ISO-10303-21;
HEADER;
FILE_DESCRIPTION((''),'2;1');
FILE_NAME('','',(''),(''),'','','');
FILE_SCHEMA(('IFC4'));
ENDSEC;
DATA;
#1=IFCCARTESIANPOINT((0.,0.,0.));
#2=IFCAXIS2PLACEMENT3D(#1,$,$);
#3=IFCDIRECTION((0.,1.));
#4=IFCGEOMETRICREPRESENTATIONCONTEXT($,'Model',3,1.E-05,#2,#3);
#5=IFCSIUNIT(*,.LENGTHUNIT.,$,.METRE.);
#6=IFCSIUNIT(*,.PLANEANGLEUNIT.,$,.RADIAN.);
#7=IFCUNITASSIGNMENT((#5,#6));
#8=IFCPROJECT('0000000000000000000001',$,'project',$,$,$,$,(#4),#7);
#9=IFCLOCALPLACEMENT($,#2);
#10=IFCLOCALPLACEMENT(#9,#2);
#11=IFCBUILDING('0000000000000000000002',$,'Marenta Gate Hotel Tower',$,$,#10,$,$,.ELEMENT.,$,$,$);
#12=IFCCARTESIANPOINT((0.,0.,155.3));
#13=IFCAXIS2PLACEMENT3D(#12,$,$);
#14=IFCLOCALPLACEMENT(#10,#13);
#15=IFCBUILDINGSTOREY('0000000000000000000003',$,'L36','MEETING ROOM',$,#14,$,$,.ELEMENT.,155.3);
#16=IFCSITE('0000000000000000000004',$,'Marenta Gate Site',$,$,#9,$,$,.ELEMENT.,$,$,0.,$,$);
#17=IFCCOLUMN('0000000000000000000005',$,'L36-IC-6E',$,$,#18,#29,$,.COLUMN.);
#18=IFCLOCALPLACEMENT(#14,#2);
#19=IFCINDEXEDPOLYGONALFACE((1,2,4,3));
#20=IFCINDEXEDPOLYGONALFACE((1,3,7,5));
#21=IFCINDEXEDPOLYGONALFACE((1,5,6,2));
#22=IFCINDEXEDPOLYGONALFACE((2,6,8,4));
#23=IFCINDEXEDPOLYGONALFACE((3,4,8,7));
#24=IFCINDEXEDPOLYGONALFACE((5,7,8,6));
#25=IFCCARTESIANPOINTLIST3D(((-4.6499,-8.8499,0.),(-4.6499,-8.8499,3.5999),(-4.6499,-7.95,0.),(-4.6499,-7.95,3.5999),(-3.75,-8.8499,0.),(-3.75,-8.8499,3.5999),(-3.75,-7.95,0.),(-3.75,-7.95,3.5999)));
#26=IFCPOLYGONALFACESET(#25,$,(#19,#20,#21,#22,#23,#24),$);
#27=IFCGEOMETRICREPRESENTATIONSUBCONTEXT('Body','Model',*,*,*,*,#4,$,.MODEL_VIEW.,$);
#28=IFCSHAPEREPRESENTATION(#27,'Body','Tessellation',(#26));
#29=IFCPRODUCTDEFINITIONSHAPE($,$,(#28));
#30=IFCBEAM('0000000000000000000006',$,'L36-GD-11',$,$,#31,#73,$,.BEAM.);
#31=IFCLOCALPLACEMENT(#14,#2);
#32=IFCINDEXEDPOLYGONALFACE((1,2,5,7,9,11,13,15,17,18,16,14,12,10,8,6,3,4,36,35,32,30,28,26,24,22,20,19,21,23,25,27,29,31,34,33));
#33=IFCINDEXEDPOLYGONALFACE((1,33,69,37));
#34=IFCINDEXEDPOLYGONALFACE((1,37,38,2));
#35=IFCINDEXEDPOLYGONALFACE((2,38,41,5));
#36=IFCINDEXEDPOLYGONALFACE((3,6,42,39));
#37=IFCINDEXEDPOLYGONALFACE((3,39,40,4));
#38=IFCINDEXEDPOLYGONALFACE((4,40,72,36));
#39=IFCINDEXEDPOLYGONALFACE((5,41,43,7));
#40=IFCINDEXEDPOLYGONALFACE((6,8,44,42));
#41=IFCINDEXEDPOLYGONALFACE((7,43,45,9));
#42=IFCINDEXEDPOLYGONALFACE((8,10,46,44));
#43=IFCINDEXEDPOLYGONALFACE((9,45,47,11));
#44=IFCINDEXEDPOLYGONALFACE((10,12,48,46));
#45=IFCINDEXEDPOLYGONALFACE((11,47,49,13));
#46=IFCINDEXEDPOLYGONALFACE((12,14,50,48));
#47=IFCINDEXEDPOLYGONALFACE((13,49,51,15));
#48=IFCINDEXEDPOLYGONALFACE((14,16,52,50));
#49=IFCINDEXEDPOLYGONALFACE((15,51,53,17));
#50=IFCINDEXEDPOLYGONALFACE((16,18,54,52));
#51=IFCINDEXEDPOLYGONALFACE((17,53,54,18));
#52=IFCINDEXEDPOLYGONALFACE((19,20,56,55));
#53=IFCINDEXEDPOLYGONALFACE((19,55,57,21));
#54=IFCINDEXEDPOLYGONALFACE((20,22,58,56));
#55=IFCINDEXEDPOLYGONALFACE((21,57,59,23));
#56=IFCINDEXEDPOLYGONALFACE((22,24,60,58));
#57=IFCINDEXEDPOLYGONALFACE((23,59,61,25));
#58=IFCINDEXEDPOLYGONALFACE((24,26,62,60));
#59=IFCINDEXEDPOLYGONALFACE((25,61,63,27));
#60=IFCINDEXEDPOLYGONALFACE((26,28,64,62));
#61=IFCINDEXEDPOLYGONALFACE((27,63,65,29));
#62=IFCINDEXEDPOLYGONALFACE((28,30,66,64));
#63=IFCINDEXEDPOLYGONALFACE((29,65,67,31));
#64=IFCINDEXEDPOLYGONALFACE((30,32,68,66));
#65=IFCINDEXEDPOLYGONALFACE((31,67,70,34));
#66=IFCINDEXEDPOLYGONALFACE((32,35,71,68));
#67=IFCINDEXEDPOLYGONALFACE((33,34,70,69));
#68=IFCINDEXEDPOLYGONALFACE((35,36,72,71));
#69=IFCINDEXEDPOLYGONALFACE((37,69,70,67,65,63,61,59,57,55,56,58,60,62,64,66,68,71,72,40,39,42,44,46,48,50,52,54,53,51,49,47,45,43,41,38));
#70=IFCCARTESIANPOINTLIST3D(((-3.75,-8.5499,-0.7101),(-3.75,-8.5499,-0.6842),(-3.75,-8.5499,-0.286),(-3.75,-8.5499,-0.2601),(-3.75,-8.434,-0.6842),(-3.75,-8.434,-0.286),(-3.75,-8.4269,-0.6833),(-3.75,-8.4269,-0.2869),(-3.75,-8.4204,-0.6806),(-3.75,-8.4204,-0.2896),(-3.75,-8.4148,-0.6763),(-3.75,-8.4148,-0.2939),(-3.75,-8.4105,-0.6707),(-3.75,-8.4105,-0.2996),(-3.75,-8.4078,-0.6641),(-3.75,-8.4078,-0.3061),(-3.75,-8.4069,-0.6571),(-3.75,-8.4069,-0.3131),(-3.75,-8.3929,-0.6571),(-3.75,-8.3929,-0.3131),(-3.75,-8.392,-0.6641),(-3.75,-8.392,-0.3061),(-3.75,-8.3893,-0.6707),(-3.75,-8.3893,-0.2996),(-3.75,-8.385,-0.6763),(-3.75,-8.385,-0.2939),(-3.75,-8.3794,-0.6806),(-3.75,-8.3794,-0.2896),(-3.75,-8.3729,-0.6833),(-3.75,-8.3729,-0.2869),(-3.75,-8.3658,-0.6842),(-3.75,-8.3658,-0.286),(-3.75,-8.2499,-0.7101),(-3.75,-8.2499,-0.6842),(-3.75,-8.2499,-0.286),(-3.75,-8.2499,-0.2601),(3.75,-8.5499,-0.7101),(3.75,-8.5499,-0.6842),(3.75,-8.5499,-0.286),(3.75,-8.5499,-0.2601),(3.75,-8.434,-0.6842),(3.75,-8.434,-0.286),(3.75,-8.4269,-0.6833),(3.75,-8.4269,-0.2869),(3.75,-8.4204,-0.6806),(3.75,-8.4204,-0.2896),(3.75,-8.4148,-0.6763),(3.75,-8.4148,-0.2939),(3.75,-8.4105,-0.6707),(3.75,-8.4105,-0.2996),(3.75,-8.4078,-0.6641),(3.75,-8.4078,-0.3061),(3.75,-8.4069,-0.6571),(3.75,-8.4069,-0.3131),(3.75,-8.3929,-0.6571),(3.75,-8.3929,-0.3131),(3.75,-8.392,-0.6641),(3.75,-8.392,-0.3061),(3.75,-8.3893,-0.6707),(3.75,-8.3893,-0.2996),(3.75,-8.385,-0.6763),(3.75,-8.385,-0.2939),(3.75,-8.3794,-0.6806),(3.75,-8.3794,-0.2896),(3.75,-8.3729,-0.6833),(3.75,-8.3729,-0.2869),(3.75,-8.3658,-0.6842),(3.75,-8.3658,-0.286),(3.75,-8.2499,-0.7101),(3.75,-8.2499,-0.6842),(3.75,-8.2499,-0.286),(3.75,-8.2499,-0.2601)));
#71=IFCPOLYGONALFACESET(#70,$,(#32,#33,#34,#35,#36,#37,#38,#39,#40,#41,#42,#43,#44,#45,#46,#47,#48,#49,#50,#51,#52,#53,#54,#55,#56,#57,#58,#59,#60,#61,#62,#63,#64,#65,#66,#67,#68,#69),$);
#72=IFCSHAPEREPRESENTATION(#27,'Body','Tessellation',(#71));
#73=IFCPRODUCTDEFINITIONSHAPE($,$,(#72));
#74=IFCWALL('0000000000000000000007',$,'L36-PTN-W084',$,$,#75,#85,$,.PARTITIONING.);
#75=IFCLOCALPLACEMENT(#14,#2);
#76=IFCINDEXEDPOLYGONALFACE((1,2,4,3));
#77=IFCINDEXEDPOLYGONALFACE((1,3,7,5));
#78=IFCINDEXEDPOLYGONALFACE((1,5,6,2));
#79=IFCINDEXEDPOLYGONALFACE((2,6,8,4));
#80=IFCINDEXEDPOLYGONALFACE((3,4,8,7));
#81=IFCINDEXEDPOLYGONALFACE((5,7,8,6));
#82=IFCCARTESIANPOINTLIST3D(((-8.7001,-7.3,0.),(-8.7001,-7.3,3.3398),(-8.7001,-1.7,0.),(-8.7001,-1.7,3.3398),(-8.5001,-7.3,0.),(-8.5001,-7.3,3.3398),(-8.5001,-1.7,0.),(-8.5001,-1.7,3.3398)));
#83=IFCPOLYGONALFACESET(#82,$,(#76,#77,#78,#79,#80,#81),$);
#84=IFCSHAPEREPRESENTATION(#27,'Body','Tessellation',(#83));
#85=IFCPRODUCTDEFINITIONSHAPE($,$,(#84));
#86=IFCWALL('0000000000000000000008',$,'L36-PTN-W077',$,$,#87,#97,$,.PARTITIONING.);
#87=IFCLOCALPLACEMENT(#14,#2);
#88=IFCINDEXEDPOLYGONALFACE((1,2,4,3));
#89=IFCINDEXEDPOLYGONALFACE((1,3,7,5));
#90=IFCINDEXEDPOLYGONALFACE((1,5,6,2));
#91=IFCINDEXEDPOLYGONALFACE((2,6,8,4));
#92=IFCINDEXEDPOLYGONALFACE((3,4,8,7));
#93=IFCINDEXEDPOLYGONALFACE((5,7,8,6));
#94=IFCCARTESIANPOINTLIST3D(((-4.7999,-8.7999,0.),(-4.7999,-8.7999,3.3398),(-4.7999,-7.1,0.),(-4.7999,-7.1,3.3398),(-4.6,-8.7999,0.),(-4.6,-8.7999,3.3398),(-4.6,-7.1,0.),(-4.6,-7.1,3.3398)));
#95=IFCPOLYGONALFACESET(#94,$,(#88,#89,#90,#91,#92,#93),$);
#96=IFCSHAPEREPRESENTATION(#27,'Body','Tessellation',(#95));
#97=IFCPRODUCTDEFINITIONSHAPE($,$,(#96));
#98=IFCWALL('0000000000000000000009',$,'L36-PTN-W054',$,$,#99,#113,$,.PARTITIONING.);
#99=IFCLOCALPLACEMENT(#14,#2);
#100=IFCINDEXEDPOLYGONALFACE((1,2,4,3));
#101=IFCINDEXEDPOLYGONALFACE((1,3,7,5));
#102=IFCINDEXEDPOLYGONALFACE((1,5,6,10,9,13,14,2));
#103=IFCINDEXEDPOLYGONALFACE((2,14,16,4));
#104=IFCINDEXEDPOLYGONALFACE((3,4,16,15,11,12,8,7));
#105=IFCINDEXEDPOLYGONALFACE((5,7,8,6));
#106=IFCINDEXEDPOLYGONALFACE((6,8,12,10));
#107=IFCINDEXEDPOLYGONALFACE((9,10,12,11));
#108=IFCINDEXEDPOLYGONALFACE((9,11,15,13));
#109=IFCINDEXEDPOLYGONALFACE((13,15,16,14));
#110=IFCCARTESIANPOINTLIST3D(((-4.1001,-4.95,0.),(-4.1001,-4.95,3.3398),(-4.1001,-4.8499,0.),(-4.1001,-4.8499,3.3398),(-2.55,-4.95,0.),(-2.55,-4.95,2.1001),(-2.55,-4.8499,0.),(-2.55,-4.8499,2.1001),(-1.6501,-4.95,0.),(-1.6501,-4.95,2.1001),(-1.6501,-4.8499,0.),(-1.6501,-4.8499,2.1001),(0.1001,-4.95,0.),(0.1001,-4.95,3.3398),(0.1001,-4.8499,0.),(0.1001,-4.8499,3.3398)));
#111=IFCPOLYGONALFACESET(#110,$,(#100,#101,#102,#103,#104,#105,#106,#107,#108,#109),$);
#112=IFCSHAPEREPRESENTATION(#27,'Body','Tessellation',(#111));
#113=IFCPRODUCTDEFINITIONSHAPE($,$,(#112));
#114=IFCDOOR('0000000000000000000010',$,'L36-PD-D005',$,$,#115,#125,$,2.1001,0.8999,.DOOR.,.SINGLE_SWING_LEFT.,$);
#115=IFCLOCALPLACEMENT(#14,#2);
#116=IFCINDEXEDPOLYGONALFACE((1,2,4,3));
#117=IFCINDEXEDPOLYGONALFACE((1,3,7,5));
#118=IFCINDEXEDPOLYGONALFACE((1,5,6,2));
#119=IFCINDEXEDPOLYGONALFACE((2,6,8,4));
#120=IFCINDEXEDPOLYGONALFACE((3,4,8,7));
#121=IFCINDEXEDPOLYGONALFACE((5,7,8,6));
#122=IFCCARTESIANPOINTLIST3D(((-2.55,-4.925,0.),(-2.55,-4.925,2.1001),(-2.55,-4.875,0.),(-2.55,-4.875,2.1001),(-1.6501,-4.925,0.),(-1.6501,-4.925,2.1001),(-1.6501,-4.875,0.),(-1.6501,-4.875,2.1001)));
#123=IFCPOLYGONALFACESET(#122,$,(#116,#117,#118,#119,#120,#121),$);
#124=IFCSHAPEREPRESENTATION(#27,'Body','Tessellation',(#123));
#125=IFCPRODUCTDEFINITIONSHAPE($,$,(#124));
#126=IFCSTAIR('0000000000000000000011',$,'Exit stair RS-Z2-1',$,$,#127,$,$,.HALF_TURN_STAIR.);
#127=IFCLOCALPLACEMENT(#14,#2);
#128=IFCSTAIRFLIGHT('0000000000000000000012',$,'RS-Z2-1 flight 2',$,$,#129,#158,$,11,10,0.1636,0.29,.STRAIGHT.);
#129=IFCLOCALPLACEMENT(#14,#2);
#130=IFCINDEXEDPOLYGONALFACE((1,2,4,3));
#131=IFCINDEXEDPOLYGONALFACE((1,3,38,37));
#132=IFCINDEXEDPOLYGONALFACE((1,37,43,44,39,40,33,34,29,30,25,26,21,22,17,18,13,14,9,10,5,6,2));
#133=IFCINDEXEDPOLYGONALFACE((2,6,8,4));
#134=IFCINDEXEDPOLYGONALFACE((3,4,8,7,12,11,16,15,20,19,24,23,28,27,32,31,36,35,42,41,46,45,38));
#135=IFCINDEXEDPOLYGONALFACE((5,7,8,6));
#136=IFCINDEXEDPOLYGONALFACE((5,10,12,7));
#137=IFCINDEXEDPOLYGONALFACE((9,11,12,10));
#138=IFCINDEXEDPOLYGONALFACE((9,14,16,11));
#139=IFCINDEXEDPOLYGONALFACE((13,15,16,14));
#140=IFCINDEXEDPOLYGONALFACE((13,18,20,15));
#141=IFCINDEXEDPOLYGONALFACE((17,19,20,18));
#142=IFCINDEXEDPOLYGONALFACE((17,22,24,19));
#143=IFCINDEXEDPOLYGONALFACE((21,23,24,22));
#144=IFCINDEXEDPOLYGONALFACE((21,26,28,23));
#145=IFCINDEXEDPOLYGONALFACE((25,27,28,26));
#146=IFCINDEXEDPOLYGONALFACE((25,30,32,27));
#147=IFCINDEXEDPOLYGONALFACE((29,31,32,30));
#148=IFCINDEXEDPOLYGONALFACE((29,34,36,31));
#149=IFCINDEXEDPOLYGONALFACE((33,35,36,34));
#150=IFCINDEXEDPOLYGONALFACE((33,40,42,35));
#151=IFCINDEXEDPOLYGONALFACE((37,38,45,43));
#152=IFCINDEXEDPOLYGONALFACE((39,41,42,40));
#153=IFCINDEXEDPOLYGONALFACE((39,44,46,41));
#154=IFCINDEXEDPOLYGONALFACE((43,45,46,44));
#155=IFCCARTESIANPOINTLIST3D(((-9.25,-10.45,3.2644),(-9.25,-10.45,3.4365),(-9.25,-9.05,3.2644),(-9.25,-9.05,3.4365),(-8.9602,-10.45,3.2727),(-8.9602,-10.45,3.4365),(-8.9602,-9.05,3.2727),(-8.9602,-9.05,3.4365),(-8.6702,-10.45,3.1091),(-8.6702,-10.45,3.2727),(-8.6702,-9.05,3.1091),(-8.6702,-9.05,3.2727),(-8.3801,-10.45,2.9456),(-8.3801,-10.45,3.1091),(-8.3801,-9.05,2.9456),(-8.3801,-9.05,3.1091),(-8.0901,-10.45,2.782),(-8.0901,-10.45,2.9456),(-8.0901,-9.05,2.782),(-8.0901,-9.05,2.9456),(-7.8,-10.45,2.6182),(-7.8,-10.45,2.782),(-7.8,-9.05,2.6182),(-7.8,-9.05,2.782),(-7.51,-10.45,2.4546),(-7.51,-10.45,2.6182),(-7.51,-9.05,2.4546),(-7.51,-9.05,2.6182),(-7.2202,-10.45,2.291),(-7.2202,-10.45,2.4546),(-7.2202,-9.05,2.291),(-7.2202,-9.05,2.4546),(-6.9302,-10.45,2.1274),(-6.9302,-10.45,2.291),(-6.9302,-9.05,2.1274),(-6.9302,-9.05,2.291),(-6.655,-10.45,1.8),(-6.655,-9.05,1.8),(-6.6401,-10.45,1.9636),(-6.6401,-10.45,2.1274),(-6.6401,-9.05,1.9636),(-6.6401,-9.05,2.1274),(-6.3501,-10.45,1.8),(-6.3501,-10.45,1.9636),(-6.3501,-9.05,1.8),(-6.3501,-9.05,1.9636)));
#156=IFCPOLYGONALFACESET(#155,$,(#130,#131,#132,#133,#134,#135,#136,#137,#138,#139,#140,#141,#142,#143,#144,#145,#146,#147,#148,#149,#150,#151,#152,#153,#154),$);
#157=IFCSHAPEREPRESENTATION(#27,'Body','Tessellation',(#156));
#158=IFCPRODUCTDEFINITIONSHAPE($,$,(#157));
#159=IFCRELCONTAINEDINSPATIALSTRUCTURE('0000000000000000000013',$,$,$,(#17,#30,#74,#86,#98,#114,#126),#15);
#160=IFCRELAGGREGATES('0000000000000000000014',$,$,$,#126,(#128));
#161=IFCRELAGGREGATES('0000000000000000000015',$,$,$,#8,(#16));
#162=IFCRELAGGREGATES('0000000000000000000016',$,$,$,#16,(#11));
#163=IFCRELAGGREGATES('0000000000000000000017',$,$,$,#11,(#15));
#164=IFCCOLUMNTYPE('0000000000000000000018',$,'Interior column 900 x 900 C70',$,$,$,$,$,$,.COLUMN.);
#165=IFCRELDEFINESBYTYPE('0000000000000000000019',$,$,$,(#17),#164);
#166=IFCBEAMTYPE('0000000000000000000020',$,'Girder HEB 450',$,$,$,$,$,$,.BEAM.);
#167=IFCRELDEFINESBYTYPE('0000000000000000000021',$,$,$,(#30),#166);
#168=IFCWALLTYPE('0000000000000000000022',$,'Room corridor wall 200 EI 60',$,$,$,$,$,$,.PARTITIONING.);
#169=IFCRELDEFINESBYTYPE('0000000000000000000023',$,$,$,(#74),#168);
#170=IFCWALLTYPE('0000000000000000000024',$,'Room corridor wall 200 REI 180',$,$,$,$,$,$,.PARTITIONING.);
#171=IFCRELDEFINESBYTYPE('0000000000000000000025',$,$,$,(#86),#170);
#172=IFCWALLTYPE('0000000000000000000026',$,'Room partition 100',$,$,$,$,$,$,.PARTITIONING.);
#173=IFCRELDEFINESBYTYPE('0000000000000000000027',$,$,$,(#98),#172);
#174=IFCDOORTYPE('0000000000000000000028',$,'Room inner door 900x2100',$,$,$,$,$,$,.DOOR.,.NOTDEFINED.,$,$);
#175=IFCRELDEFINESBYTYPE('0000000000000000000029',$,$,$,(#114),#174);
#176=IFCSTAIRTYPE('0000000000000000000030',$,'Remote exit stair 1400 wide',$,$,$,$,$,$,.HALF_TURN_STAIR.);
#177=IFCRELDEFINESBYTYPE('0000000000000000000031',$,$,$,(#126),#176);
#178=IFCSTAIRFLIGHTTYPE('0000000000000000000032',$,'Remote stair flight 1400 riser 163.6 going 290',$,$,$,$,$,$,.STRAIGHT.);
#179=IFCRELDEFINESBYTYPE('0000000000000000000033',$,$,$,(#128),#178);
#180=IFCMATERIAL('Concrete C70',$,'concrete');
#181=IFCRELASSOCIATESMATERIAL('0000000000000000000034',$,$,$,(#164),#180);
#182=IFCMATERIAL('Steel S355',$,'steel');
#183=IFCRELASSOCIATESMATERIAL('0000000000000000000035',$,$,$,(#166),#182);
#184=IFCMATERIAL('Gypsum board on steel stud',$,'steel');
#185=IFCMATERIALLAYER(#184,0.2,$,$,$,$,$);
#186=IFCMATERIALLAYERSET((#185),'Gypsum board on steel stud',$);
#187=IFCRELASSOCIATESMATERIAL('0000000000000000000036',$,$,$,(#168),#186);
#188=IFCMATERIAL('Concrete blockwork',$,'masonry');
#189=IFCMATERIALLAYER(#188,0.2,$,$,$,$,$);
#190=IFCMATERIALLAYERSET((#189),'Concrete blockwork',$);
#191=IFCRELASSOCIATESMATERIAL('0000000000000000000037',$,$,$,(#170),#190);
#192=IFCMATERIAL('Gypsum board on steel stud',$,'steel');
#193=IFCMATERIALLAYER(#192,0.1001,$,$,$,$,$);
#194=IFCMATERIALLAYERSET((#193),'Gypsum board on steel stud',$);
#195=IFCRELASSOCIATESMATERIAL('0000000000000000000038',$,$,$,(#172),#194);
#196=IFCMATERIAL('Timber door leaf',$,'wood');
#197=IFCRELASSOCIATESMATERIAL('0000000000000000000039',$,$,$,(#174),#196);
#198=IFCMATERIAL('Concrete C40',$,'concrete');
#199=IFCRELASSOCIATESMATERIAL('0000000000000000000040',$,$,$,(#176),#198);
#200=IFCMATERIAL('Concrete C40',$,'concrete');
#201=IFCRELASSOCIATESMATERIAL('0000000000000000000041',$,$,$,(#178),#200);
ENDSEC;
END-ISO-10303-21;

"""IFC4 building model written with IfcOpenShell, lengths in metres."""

from ifc_helpers import new_model, si_unit, direction, frame, frame_2d, origin, origin_2d, place, context, subcontext, project, spatial, polyline, rectangle, i_section, outline, extrude, material, layer, layer_set, material_profile, profile_set, type_object, element, fill, aggregate, save


model = new_model("IFC4")

# Units and contexts
model_context = context("Model", 3, precision=1e-05, world=origin(), true_north=direction((0.0, 1.0)))
body_context = subcontext(model_context, "Body", "Model", "MODEL_VIEW")
ifc_project = project(units=[si_unit("LENGTHUNIT", "METRE"), si_unit("PLANEANGLEUNIT", "RADIAN")], contexts=[model_context])

# Site, building, storey
site_placement = place(None, origin())
site = spatial("IfcSite", under=ifc_project, at=site_placement, Name="Marenta Gate Site", CompositionType="ELEMENT", RefElevation=0.0)
building_placement = place(site_placement, origin())
building = spatial("IfcBuilding", under=site, at=building_placement, Name="Marenta Gate Hotel Tower", CompositionType="ELEMENT")
storey_placement = place(building_placement, frame((0.0, 0.0, 155.3)))
storey = spatial("IfcBuildingStorey", under=building, at=storey_placement, Name="L36", Description="MEETING ROOM", CompositionType="ELEMENT", Elevation=155.3)

# Column
ifc_material_1 = material(Name="Concrete C70", Category="concrete")
ifc_material_profile_1 = material_profile(ifc_material_1, rectangle(XDim=0.8999, YDim=0.8999, at=origin_2d()), Name="900 x 900")
ifc_profile_set_1 = profile_set([ifc_material_profile_1], Name="Concrete C70")
column_type = type_object("IfcColumnType", Name="Interior column 900 x 900 C70", PredefinedType="COLUMN", material=ifc_profile_set_1)
column_placement = place(storey_placement, frame((-4.2, -8.3999, 0.0), z_axis=(0.0, 0.0, 1.0), x_axis=(1.0, 0.0, 0.0)))
element("IfcColumn", 1, at=column_placement, inside=storey, type_object=column_type, Name="L36-IC-6E", PredefinedType="COLUMN", context=body_context, shape_type="SweptSolid", body=[
    extrude(rectangle(XDim=0.8999, YDim=0.8999, at=origin_2d()), origin(), (0.0, 0.0, 1.0), 3.5999),
])

# Beam
ifc_material_2 = material(Name="Steel S355", Category="steel")
ifc_material_profile_2 = material_profile(ifc_material_2, i_section(OverallWidth=0.3, OverallDepth=0.45, WebThickness=0.0139, FlangeThickness=0.0259, FilletRadius=0.0271, at=origin_2d()), Name="HEB 450")
ifc_profile_set_2 = profile_set([ifc_material_profile_2], Name="Steel S355")
beam_type = type_object("IfcBeamType", Name="Girder HEB 450", PredefinedType="BEAM", material=ifc_profile_set_2)
beam_placement = place(storey_placement, frame((-3.75, -8.3999, -0.4851), z_axis=(1.0, 0.0, 0.0), x_axis=(0.0, 1.0, 0.0)))
element("IfcBeam", 2, at=beam_placement, inside=storey, type_object=beam_type, Name="L36-GD-11", PredefinedType="BEAM", context=body_context, shape_type="SweptSolid", body=[
    extrude(i_section(OverallWidth=0.3, OverallDepth=0.45, WebThickness=0.0139, FlangeThickness=0.0259, FilletRadius=0.0271, at=origin_2d()), origin(), (0.0, 0.0, 1.0), 7.5),
])

# Wall
ifc_material_3 = material(Name="Gypsum board on steel stud", Category="steel")
ifc_layer_1 = layer(ifc_material_3, 0.2)
ifc_layer_set_1 = layer_set([ifc_layer_1], Name="Gypsum board on steel stud")
wall_type_1 = type_object("IfcWallType", Name="Room corridor wall 200 EI 60", PredefinedType="PARTITIONING", material=ifc_layer_set_1)
wall_1_placement = place(storey_placement, frame((-8.6001, -7.3, 0.0), z_axis=(0.0, 0.0, 1.0), x_axis=(0.0, 1.0, 0.0)))
element("IfcWall", 3, at=wall_1_placement, inside=storey, type_object=wall_type_1, Name="L36-PTN-W084", PredefinedType="PARTITIONING", context=body_context, shape_type="SweptSolid", body=[
    extrude(rectangle(XDim=5.6001, YDim=0.2, at=frame_2d((2.8, 0.0))), origin(), (0.0, 0.0, 1.0), 3.3398),
])

# Shared definitions
ifc_material_4 = material(Name="Concrete blockwork", Category="masonry")
ifc_layer_2 = layer(ifc_material_4, 0.2)
ifc_layer_set_2 = layer_set([ifc_layer_2], Name="Concrete blockwork")
wall_type_2 = type_object("IfcWallType", Name="Room corridor wall 200 REI 180", PredefinedType="PARTITIONING", material=ifc_layer_set_2)

# Wall
wall_2_placement = place(storey_placement, frame((-4.7, -8.8, 0.0), z_axis=(0.0, 0.0, 1.0), x_axis=(0.0, 1.0, 0.0)))
element("IfcWall", 4, at=wall_2_placement, inside=storey, type_object=wall_type_2, Name="L36-PTN-W077", PredefinedType="PARTITIONING", context=body_context, shape_type="SweptSolid", body=[
    extrude(rectangle(XDim=1.7, YDim=0.2, at=frame_2d((0.8501, 0.0))), origin(), (0.0, 0.0, 1.0), 3.3398),
])

# Wall, opening, door
ifc_material_5 = material(Name="Gypsum board on steel stud", Category="steel")
ifc_layer_3 = layer(ifc_material_5, 0.1001)
ifc_layer_set_3 = layer_set([ifc_layer_3], Name="Gypsum board on steel stud")
wall_type_3 = type_object("IfcWallType", Name="Room partition 100", PredefinedType="PARTITIONING", material=ifc_layer_set_3)
wall_3_placement = place(storey_placement, frame((-4.1001, -4.8999, 0.0), z_axis=(0.0, 0.0, 1.0), x_axis=(1.0, 0.0, 0.0)))
wall_3 = element("IfcWall", 5, at=wall_3_placement, inside=storey, type_object=wall_type_3, Name="L36-PTN-W054", PredefinedType="PARTITIONING", context=body_context, shape_type="SweptSolid", body=[
    extrude(rectangle(XDim=4.2002, YDim=0.1001, at=frame_2d((2.1001, 0.0))), origin(), (0.0, 0.0, 1.0), 3.3398),
])
opening_1_placement = place(wall_3_placement, frame((1.55, 0.0, 0.0)))
opening_1 = element("IfcOpeningElement", 6, at=opening_1_placement, cuts=wall_3, PredefinedType="OPENING", context=body_context, shape_type="SweptSolid", body=[
    extrude(rectangle(XDim=0.8999, YDim=2.1001, at=frame_2d((0.45, 1.05))), frame((0.0, 0.05, 0.0), z_axis=(0.0, -1.0, 0.0), x_axis=(1.0, 0.0, 0.0)), (0.0, 0.0, 1.0), 0.1001),
])
ifc_material_6 = material(Name="Timber door leaf", Category="wood")
door_type_1 = type_object("IfcDoorType", Name="Room inner door 900x2100", OperationType="NOTDEFINED", PredefinedType="DOOR", material=ifc_material_6)
door_1_placement = place(opening_1_placement, origin())
door_1 = element("IfcDoor", 7, at=door_1_placement, inside=storey, type_object=door_type_1, Name="L36-PD-D005", OperationType="SINGLE_SWING_LEFT", OverallHeight=2.1001, OverallWidth=0.8999, PredefinedType="DOOR", context=body_context, shape_type="SweptSolid", body=[
    extrude(rectangle(XDim=0.8999, YDim=2.1001, at=frame_2d((0.45, 1.05))), frame((0.0, 0.0249, 0.0), z_axis=(0.0, -1.0, 0.0), x_axis=(1.0, 0.0, 0.0)), (0.0, 0.0, 1.0), 0.05),
])
fill(opening_1, door_1)

# Stair, stair flight
ifc_material_7 = material(Name="Concrete C40", Category="concrete")
stair_type = type_object("IfcStairType", Name="Remote exit stair 1400 wide", PredefinedType="HALF_TURN_STAIR", material=ifc_material_7)
stair_placement = place(storey_placement, origin())
stair = element("IfcStair", 8, at=stair_placement, inside=storey, type_object=stair_type, Name="Exit stair RS-Z2-1", PredefinedType="HALF_TURN_STAIR")
ifc_material_8 = material(Name="Concrete C40", Category="concrete")
stair_flight_type = type_object("IfcStairFlightType", Name="Remote stair flight 1400 riser 163.6 going 290", PredefinedType="STRAIGHT", material=ifc_material_8)
stair_flight_placement = place(storey_placement, frame((-6.3501, -9.75, 1.8), z_axis=(0.0, 0.0, 1.0), x_axis=(-1.0, 0.0, 0.0)))
stair_flight = element("IfcStairFlight", 9, at=stair_flight_placement, type_object=stair_flight_type, Name="RS-Z2-1 flight 2", NumberOfRisers=11, NumberOfTreads=10, PredefinedType="STRAIGHT", RiserHeight=0.1636, TreadLength=0.29, context=body_context, shape_type="SweptSolid", body=[
    extrude(outline(polyline([(0.0, 0.0), (0.0, 0.1636), (0.29, 0.1636), (0.29, 0.3274), (0.5801, 0.3274), (0.5801, 0.491), (0.8701, 0.491), (0.8701, 0.6545), (1.1599, 0.6545), (1.1599, 0.8181), (1.45, 0.8181), (1.45, 0.9819), (1.74, 0.9819), (1.74, 1.1455), (2.03, 1.1455), (2.03, 1.3091), (2.3201, 1.3091), (2.3201, 1.4727), (2.6101, 1.4727), (2.6101, 1.6365), (2.8999, 1.6365), (2.8999, 1.8), (2.8999, 1.4644), (0.3049, 0.0), (0.0, 0.0)])), frame((0.0, 0.7, 0.0), z_axis=(0.0, -1.0, 0.0), x_axis=(1.0, 0.0, 0.0)), (0.0, 0.0, 1.0), 1.3999),
])
aggregate(stair, [stair_flight])

save(model, "model.ifc")
